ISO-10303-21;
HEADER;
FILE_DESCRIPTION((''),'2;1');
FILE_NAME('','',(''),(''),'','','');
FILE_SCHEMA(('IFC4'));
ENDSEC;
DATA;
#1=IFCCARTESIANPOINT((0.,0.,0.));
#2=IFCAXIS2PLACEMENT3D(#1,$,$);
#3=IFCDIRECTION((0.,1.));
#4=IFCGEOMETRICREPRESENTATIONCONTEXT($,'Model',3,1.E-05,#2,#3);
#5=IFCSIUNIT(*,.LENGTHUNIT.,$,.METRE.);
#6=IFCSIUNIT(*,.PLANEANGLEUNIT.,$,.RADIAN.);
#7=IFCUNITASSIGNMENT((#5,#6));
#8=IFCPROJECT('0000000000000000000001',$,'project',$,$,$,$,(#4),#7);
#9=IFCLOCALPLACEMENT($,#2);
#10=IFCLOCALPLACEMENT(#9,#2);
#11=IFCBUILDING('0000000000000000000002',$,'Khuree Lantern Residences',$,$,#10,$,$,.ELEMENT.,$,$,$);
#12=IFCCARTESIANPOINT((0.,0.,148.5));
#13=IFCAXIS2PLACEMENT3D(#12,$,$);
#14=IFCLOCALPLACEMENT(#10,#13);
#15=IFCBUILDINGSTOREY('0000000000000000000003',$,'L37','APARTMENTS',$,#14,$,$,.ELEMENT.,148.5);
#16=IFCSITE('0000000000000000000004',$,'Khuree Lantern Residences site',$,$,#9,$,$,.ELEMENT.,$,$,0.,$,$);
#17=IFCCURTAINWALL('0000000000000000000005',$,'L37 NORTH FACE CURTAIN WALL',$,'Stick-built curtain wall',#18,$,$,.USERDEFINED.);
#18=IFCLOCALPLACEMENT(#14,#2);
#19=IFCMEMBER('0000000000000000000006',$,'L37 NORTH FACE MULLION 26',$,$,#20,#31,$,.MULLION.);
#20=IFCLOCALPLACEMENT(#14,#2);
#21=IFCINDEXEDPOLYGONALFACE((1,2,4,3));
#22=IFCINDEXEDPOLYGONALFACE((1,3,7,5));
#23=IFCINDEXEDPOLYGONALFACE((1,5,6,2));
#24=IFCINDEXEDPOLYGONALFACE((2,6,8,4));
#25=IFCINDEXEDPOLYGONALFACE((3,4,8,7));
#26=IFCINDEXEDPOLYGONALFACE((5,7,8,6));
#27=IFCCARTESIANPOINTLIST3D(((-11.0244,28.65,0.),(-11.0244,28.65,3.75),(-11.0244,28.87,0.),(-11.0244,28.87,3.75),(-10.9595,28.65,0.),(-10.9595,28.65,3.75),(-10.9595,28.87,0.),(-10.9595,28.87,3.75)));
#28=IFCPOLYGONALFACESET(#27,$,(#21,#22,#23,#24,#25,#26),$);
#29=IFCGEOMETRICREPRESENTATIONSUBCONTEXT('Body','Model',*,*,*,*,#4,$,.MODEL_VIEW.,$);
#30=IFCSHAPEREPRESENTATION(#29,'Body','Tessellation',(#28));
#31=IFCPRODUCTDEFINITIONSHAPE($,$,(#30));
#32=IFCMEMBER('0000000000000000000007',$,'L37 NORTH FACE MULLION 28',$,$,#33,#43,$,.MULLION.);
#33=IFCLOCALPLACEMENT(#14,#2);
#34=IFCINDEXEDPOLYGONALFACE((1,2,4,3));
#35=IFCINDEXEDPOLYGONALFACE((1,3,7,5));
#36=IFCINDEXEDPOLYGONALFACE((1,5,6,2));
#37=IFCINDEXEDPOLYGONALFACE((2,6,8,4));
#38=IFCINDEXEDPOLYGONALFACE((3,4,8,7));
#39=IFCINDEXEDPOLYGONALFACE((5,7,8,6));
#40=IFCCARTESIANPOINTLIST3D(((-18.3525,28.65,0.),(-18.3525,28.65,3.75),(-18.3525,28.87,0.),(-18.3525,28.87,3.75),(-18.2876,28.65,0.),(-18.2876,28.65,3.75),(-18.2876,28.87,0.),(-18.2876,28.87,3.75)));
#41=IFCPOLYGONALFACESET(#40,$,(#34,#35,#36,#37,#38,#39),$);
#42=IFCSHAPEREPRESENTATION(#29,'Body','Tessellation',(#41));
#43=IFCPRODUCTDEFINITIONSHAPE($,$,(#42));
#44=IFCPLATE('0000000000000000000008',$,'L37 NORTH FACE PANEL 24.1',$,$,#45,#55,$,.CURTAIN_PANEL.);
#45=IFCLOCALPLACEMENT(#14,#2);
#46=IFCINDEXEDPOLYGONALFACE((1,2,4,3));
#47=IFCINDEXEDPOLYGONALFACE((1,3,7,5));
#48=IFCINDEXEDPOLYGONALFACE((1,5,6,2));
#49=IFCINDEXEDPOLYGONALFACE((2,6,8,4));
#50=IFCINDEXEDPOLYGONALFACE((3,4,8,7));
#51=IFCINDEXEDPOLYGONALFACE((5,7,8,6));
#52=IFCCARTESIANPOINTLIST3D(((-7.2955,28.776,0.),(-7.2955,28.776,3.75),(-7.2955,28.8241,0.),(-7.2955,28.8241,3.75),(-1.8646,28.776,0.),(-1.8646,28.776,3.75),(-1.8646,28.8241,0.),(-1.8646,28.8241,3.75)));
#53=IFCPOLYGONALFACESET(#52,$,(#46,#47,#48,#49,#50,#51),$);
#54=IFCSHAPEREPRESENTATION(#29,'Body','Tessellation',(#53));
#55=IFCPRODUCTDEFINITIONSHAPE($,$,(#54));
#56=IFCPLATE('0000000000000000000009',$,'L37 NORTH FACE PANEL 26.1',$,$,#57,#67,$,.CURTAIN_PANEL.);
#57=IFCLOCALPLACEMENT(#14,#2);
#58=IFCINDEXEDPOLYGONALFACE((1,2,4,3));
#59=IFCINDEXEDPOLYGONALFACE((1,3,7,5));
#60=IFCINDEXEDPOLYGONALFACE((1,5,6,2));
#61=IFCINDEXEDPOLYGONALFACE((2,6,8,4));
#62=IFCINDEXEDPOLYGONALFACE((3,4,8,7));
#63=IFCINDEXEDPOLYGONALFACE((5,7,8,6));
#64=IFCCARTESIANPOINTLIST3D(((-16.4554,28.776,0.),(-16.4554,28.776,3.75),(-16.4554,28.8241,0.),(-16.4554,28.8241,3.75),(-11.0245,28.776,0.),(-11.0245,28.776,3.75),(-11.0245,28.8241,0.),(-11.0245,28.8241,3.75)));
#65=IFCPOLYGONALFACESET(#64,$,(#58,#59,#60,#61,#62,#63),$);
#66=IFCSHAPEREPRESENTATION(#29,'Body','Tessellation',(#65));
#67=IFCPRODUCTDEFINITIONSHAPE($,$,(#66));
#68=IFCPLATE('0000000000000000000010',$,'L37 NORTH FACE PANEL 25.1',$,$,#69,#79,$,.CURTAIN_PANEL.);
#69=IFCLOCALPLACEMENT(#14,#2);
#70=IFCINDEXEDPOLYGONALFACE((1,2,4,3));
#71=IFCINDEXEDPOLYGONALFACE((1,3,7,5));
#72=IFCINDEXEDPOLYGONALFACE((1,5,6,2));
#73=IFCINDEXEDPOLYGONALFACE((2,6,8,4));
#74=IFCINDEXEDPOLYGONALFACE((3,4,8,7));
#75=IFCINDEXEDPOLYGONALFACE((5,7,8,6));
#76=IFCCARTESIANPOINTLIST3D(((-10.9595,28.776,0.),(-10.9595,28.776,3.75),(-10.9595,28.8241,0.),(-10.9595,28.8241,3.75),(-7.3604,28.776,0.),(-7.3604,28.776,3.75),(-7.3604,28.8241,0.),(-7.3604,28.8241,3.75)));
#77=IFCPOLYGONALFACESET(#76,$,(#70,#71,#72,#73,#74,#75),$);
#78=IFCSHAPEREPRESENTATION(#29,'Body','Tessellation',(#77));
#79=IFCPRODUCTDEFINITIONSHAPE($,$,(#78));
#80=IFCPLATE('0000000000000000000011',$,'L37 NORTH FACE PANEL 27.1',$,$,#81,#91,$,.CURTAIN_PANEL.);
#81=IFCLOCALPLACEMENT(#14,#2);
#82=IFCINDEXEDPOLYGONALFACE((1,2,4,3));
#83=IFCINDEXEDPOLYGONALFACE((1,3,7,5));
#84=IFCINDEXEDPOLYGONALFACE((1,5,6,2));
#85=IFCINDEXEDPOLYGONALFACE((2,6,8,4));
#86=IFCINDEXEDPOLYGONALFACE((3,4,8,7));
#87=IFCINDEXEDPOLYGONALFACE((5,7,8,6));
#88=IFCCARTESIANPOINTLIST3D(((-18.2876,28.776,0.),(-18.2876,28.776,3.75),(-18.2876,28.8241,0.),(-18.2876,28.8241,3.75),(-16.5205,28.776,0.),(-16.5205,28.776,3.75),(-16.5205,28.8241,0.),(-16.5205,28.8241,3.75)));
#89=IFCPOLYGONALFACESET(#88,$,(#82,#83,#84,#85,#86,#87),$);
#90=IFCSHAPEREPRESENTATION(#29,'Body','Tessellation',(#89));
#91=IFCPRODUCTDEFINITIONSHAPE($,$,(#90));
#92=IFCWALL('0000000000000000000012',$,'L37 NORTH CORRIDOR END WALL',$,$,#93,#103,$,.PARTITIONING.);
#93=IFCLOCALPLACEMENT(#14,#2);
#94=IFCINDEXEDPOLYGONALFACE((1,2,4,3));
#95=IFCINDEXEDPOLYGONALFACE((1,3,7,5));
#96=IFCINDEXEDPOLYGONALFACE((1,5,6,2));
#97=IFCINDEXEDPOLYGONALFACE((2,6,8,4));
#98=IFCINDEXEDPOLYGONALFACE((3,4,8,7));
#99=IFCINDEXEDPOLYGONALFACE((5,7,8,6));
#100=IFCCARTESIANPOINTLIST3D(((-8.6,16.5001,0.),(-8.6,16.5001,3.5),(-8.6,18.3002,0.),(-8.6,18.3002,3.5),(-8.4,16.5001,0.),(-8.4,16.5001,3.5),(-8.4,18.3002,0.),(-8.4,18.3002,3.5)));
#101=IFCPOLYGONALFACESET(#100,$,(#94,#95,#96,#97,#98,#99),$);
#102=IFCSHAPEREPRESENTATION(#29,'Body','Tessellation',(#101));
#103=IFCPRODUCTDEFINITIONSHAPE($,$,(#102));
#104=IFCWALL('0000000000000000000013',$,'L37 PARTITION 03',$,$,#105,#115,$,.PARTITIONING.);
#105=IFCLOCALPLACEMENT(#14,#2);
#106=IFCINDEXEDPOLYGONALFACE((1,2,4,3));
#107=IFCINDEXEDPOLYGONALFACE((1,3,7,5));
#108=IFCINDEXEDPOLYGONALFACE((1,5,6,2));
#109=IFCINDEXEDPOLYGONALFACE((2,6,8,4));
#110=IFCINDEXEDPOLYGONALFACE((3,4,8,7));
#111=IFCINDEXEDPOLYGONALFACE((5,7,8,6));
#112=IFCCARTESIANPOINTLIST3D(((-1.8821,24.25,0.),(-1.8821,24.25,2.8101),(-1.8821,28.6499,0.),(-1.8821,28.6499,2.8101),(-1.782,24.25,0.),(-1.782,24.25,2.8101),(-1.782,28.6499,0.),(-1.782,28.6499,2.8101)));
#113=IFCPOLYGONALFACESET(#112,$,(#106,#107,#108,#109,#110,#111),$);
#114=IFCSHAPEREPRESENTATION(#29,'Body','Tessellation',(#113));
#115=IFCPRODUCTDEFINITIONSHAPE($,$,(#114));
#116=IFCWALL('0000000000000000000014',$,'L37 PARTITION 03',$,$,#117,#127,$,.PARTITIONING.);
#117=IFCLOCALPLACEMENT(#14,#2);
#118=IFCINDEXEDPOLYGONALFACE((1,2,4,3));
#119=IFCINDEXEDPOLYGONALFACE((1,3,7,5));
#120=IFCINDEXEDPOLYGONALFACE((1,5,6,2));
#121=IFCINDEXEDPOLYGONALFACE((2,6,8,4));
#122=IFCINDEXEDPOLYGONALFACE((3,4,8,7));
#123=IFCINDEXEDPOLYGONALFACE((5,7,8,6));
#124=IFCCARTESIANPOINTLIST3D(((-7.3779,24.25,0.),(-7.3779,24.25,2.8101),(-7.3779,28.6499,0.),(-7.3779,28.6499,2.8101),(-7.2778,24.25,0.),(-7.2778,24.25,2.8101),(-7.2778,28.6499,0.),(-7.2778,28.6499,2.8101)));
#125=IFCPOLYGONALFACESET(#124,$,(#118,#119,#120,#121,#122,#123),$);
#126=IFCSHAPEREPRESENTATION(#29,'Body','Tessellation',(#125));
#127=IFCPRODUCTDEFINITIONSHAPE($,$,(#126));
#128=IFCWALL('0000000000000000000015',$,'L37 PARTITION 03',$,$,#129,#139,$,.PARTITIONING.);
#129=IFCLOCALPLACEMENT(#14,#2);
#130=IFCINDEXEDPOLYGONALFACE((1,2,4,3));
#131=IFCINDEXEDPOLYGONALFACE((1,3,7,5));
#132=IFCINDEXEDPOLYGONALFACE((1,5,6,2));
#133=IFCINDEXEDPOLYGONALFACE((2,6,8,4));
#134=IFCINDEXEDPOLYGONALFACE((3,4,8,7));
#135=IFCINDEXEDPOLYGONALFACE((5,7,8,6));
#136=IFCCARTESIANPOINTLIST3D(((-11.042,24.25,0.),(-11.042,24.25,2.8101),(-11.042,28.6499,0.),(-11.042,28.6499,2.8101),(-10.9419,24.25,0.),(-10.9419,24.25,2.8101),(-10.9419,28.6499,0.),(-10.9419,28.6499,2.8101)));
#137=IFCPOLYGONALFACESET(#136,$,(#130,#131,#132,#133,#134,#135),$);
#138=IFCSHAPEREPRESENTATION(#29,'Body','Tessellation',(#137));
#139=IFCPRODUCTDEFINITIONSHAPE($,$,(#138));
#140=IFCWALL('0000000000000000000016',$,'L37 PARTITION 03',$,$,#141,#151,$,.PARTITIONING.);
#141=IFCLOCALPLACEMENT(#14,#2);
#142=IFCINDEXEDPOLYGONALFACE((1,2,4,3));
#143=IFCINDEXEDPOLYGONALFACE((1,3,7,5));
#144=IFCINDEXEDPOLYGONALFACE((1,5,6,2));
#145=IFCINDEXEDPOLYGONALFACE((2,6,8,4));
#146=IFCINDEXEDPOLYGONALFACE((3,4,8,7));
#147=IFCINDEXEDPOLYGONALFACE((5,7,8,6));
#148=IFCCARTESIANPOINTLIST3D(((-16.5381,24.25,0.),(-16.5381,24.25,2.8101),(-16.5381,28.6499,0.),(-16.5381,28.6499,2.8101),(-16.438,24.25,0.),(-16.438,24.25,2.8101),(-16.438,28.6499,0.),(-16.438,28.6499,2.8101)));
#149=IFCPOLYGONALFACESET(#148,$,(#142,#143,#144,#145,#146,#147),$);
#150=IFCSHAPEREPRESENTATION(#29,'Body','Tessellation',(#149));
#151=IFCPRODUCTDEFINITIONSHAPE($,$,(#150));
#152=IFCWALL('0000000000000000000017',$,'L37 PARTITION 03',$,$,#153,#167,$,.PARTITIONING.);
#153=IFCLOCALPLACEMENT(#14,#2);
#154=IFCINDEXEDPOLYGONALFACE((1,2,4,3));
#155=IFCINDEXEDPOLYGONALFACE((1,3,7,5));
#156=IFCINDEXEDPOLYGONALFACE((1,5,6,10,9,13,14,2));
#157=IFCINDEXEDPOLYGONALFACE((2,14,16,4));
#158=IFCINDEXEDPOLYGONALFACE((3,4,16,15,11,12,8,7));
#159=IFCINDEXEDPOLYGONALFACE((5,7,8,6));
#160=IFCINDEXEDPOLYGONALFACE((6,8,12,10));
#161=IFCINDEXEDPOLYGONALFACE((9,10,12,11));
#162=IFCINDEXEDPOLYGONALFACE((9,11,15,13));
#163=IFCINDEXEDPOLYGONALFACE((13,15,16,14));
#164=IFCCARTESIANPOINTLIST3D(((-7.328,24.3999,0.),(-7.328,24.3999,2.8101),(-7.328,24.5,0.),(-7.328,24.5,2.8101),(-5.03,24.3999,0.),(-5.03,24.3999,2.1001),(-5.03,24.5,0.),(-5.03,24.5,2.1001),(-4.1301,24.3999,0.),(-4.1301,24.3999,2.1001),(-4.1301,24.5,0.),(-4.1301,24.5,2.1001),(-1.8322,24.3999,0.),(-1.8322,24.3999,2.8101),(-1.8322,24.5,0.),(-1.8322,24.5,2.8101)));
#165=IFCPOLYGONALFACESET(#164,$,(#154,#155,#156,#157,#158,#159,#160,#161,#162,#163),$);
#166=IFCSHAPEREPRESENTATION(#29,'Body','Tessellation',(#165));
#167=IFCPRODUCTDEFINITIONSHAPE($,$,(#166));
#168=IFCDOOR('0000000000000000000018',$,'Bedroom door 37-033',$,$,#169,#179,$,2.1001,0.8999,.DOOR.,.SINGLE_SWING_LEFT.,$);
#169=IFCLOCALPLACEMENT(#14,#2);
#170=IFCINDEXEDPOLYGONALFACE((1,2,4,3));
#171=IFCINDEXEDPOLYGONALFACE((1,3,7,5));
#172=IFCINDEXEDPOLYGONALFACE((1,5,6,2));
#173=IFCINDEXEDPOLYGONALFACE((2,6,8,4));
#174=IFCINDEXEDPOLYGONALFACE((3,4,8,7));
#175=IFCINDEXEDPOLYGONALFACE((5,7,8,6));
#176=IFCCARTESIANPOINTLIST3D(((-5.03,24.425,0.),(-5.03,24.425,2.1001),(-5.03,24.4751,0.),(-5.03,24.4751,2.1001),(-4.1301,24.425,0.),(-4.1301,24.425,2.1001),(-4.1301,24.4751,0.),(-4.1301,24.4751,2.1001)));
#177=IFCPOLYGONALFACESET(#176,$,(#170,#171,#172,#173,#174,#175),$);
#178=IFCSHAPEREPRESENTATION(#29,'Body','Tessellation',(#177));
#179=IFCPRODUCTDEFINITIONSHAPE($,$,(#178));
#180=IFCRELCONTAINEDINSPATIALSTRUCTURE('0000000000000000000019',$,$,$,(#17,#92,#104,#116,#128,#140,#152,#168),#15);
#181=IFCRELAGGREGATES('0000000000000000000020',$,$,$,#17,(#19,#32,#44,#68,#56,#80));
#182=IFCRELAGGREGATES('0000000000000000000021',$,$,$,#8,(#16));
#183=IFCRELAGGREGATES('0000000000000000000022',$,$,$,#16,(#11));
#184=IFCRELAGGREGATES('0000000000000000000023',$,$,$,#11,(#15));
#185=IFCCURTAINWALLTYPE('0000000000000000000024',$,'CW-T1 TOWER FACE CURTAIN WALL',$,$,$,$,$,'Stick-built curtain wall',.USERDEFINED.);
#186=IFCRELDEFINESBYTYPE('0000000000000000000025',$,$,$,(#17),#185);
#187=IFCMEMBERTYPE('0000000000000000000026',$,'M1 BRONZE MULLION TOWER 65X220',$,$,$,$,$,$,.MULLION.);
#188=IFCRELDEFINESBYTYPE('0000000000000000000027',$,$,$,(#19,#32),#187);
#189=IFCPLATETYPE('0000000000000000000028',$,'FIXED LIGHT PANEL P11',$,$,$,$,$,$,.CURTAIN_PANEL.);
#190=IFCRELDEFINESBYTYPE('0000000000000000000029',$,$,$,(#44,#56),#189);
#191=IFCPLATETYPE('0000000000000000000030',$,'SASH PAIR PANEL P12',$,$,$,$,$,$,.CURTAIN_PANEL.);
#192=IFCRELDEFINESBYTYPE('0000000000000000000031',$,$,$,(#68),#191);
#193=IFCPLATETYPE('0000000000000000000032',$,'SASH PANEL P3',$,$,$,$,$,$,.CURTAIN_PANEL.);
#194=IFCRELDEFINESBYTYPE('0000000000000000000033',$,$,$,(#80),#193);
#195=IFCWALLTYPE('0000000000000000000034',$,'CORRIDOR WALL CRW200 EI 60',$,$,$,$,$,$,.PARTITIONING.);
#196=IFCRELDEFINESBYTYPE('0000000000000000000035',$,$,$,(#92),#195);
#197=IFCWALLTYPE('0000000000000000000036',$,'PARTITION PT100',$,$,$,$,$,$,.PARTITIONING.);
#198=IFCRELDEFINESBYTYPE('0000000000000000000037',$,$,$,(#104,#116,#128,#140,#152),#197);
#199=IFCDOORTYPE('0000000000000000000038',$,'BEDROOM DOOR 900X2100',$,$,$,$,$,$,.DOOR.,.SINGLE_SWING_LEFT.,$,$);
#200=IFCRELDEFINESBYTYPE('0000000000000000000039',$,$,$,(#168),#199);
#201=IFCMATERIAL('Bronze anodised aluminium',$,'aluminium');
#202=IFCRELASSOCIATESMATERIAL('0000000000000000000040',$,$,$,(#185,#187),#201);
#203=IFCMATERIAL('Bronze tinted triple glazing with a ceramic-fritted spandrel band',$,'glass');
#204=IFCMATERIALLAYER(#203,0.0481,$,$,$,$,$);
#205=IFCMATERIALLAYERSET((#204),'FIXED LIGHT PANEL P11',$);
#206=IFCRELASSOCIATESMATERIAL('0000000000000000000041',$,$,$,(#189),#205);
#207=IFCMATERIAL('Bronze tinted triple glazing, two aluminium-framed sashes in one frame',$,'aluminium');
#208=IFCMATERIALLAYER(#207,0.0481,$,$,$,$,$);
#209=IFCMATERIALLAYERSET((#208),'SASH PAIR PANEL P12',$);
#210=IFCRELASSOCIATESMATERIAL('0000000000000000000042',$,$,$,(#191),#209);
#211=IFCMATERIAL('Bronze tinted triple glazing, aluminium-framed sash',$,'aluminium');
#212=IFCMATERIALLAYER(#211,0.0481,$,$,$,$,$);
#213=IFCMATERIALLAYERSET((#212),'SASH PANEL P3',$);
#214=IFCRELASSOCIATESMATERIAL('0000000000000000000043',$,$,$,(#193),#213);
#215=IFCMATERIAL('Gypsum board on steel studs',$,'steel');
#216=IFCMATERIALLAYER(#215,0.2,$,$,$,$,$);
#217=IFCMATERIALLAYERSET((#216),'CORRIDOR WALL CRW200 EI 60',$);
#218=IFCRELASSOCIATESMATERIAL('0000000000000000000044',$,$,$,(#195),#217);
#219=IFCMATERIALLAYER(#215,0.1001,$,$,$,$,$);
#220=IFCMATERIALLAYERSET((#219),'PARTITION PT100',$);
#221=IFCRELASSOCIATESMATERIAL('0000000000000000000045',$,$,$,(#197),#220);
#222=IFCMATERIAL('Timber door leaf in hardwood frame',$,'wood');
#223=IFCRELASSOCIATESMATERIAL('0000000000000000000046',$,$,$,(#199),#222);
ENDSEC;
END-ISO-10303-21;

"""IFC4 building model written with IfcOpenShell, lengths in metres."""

from ifc_helpers import new_model, si_unit, direction, frame, frame_2d, origin, origin_2d, place, context, subcontext, project, spatial, rectangle, extrude, material, layer, layer_set, material_profile, profile_set, type_object, element, fill, aggregate, save


model = new_model("IFC4")

# Units and contexts
model_context = context("Model", 3, precision=1e-05, world=origin(), true_north=direction((0.0, 1.0)))
body_context = subcontext(model_context, "Body", "Model", "MODEL_VIEW")
ifc_project = project(units=[si_unit("LENGTHUNIT", "METRE"), si_unit("PLANEANGLEUNIT", "RADIAN")], contexts=[model_context])

# Site, building, storey
site_placement = place(None, origin())
site = spatial("IfcSite", under=ifc_project, at=site_placement, Name="Khuree Lantern Residences site", CompositionType="ELEMENT", RefElevation=0.0)
building_placement = place(site_placement, origin())
building = spatial("IfcBuilding", under=site, at=building_placement, Name="Khuree Lantern Residences", CompositionType="ELEMENT")
storey_placement = place(building_placement, frame((0.0, 0.0, 148.5)))
storey = spatial("IfcBuildingStorey", under=building, at=storey_placement, Name="L37", Description="APARTMENTS", CompositionType="ELEMENT", Elevation=148.5)

# Curtain wall
ifc_material_1 = material(Name="Bronze anodised aluminium", Category="aluminium")
curtain_wall_type = type_object("IfcCurtainWallType", Name="CW-T1 TOWER FACE CURTAIN WALL", ElementType="Stick-built curtain wall", PredefinedType="USERDEFINED", material=ifc_material_1)
curtain_wall_placement = place(storey_placement, origin())
curtain_wall = element("IfcCurtainWall", 1, at=curtain_wall_placement, inside=storey, type_object=curtain_wall_type, Name="L37 NORTH FACE CURTAIN WALL", ObjectType="Stick-built curtain wall", PredefinedType="USERDEFINED")

# Members
ifc_material_profile_1 = material_profile(ifc_material_1, rectangle(XDim=0.0649, YDim=0.22, at=origin_2d()), Name="M1 65X220")
ifc_profile_set_1 = profile_set([ifc_material_profile_1], Name="Bronze anodised aluminium")
member_type_1 = type_object("IfcMemberType", Name="M1 BRONZE MULLION TOWER 65X220", PredefinedType="MULLION", material=ifc_profile_set_1)
member_1_placement = place(storey_placement, frame((-10.9919, 28.76, 0.0), z_axis=(0.0, 0.0, 1.0), x_axis=(-1.0, 0.0, 0.0)))
member_1 = element("IfcMember", 2, at=member_1_placement, type_object=member_type_1, Name="L37 NORTH FACE MULLION 26", PredefinedType="MULLION", context=body_context, shape_type="SweptSolid", body=[
    extrude(rectangle(XDim=0.0649, YDim=0.22, at=origin_2d()), origin(), (0.0, 0.0, 1.0), 3.75),
])
member_2_placement = place(storey_placement, frame((-18.3201, 28.76, 0.0), z_axis=(0.0, 0.0, 1.0), x_axis=(-1.0, 0.0, 0.0)))
member_2 = element("IfcMember", 3, at=member_2_placement, type_object=member_type_1, Name="L37 NORTH FACE MULLION 28", PredefinedType="MULLION", context=body_context, shape_type="SweptSolid", body=[
    extrude(rectangle(XDim=0.0649, YDim=0.22, at=origin_2d()), origin(), (0.0, 0.0, 1.0), 3.75),
])

# Plates
ifc_material_2 = material(Name="Bronze tinted triple glazing with a ceramic-fritted spandrel band", Category="glass")
ifc_layer_1 = layer(ifc_material_2, 0.0481)
ifc_layer_set_1 = layer_set([ifc_layer_1], Name="FIXED LIGHT PANEL P11")
plate_type_1 = type_object("IfcPlateType", Name="FIXED LIGHT PANEL P11", PredefinedType="CURTAIN_PANEL", material=ifc_layer_set_1)
plate_1_placement = place(storey_placement, frame((-4.5801, 28.8, 0.0), z_axis=(0.0, 0.0, 1.0), x_axis=(-1.0, 0.0, 0.0)))
plate_1 = element("IfcPlate", 4, at=plate_1_placement, type_object=plate_type_1, Name="L37 NORTH FACE PANEL 24.1", PredefinedType="CURTAIN_PANEL", context=body_context, shape_type="SweptSolid", body=[
    extrude(rectangle(XDim=5.4309, YDim=0.0481, at=origin_2d()), origin(), (0.0, 0.0, 1.0), 3.75),
])
plate_2_placement = place(storey_placement, frame((-13.74, 28.8, 0.0), z_axis=(0.0, 0.0, 1.0), x_axis=(-1.0, 0.0, 0.0)))
plate_2 = element("IfcPlate", 5, at=plate_2_placement, type_object=plate_type_1, Name="L37 NORTH FACE PANEL 26.1", PredefinedType="CURTAIN_PANEL", context=body_context, shape_type="SweptSolid", body=[
    extrude(rectangle(XDim=5.4309, YDim=0.0481, at=origin_2d()), origin(), (0.0, 0.0, 1.0), 3.75),
])
ifc_material_3 = material(Name="Bronze tinted triple glazing, two aluminium-framed sashes in one frame", Category="aluminium")
ifc_layer_2 = layer(ifc_material_3, 0.0481)
ifc_layer_set_2 = layer_set([ifc_layer_2], Name="SASH PAIR PANEL P12")
plate_type_2 = type_object("IfcPlateType", Name="SASH PAIR PANEL P12", PredefinedType="CURTAIN_PANEL", material=ifc_layer_set_2)
plate_3_placement = place(storey_placement, frame((-9.1599, 28.8, 0.0), z_axis=(0.0, 0.0, 1.0), x_axis=(-1.0, 0.0, 0.0)))
plate_3 = element("IfcPlate", 6, at=plate_3_placement, type_object=plate_type_2, Name="L37 NORTH FACE PANEL 25.1", PredefinedType="CURTAIN_PANEL", context=body_context, shape_type="SweptSolid", body=[
    extrude(rectangle(XDim=3.5991, YDim=0.0481, at=origin_2d()), origin(), (0.0, 0.0, 1.0), 3.75),
])
ifc_material_4 = material(Name="Bronze tinted triple glazing, aluminium-framed sash", Category="aluminium")
ifc_layer_3 = layer(ifc_material_4, 0.0481)
ifc_layer_set_3 = layer_set([ifc_layer_3], Name="SASH PANEL P3")
plate_type_3 = type_object("IfcPlateType", Name="SASH PANEL P3", PredefinedType="CURTAIN_PANEL", material=ifc_layer_set_3)
plate_4_placement = place(storey_placement, frame((-17.4041, 28.8, 0.0), z_axis=(0.0, 0.0, 1.0), x_axis=(-1.0, 0.0, 0.0)))
plate_4 = element("IfcPlate", 7, at=plate_4_placement, type_object=plate_type_3, Name="L37 NORTH FACE PANEL 27.1", PredefinedType="CURTAIN_PANEL", context=body_context, shape_type="SweptSolid", body=[
    extrude(rectangle(XDim=1.7671, YDim=0.0481, at=origin_2d()), origin(), (0.0, 0.0, 1.0), 3.75),
])
aggregate(curtain_wall, [member_1, member_2, plate_1, plate_3, plate_2, plate_4])

# Walls
ifc_material_5 = material(Name="Gypsum board on steel studs", Category="steel")
ifc_layer_4 = layer(ifc_material_5, 0.2)
ifc_layer_set_4 = layer_set([ifc_layer_4], Name="CORRIDOR WALL CRW200 EI 60")
wall_type_1 = type_object("IfcWallType", Name="CORRIDOR WALL CRW200 EI 60", PredefinedType="PARTITIONING", material=ifc_layer_set_4)
wall_1_placement = place(storey_placement, frame((-8.5, 18.3, 0.0), z_axis=(0.0, 0.0, 1.0), x_axis=(0.0, -1.0, 0.0)))
element("IfcWall", 8, at=wall_1_placement, inside=storey, type_object=wall_type_1, Name="L37 NORTH CORRIDOR END WALL", PredefinedType="PARTITIONING", context=body_context, shape_type="SweptSolid", body=[
    extrude(rectangle(XDim=1.8, YDim=0.2, at=frame_2d((0.8999, 0.0))), origin(), (0.0, 0.0, 1.0), 3.5),
])
ifc_layer_5 = layer(ifc_material_5, 0.1001)
ifc_layer_set_5 = layer_set([ifc_layer_5], Name="PARTITION PT100")
wall_type_2 = type_object("IfcWallType", Name="PARTITION PT100", PredefinedType="PARTITIONING", material=ifc_layer_set_5)
for number, where, z_axis, x_axis, name in (
    (9, (-1.832, 24.25, 0.0), (0.0, 0.0, 1.0), (0.0, 1.0, 0.0), "L37 PARTITION 03"),
    (10, (-7.3279, 24.25, 0.0), (0.0, 0.0, 1.0), (0.0, 1.0, 0.0), "L37 PARTITION 03"),
    (11, (-10.9919, 24.25, 0.0), (0.0, 0.0, 1.0), (0.0, 1.0, 0.0), "L37 PARTITION 03"),
    (12, (-16.488, 24.25, 0.0), (0.0, 0.0, 1.0), (0.0, 1.0, 0.0), "L37 PARTITION 03"),
):
    element("IfcWall", number, at=place(storey_placement, frame(where, z_axis=z_axis, x_axis=x_axis)), inside=storey, type_object=wall_type_2, Name=name, PredefinedType="PARTITIONING", context=body_context, shape_type="SweptSolid", body=[
        extrude(rectangle(XDim=4.3999, YDim=0.1001, at=frame_2d((2.2, 0.0))), origin(), (0.0, 0.0, 1.0), 2.8101),
    ])

# Wall, opening, door
wall_2_placement = place(storey_placement, frame((-1.832, 24.45, 0.0), z_axis=(0.0, 0.0, 1.0), x_axis=(-1.0, 0.0, 0.0)))
wall_2 = element("IfcWall", 13, at=wall_2_placement, inside=storey, type_object=wall_type_2, Name="L37 PARTITION 03", PredefinedType="PARTITIONING", context=body_context, shape_type="SweptSolid", body=[
    extrude(rectangle(XDim=5.4958, YDim=0.1001, at=frame_2d((2.748, 0.0))), origin(), (0.0, 0.0, 1.0), 2.8101),
])
opening_1_placement = place(wall_2_placement, frame((2.2981, 0.0, 0.0)))
opening_1 = element("IfcOpeningElement", 14, at=opening_1_placement, cuts=wall_2, PredefinedType="OPENING", context=body_context, shape_type="SweptSolid", body=[
    extrude(rectangle(XDim=0.8999, YDim=2.1001, at=frame_2d((0.45, 1.05))), frame((0.0, 0.0601, 0.0), z_axis=(0.0, -1.0, 0.0), x_axis=(1.0, 0.0, 0.0)), (0.0, 0.0, 1.0), 0.1201),
])
ifc_material_6 = material(Name="Timber door leaf in hardwood frame", Category="wood")
door_type = type_object("IfcDoorType", Name="BEDROOM DOOR 900X2100", OperationType="SINGLE_SWING_LEFT", PredefinedType="DOOR", material=ifc_material_6)
door_1_placement = place(opening_1_placement, origin())
door_1 = element("IfcDoor", 15, at=door_1_placement, inside=storey, type_object=door_type, Name="Bedroom door 37-033", OperationType="SINGLE_SWING_LEFT", OverallHeight=2.1001, OverallWidth=0.8999, PredefinedType="DOOR", context=body_context, shape_type="SweptSolid", body=[
    extrude(rectangle(XDim=0.8999, YDim=2.1001, at=frame_2d((0.45, 1.05))), frame((0.0, 0.0249, 0.0), z_axis=(0.0, -1.0, 0.0), x_axis=(1.0, 0.0, 0.0)), (0.0, 0.0, 1.0), 0.05),
])
fill(opening_1, door_1)

save(model, "model.ifc")
